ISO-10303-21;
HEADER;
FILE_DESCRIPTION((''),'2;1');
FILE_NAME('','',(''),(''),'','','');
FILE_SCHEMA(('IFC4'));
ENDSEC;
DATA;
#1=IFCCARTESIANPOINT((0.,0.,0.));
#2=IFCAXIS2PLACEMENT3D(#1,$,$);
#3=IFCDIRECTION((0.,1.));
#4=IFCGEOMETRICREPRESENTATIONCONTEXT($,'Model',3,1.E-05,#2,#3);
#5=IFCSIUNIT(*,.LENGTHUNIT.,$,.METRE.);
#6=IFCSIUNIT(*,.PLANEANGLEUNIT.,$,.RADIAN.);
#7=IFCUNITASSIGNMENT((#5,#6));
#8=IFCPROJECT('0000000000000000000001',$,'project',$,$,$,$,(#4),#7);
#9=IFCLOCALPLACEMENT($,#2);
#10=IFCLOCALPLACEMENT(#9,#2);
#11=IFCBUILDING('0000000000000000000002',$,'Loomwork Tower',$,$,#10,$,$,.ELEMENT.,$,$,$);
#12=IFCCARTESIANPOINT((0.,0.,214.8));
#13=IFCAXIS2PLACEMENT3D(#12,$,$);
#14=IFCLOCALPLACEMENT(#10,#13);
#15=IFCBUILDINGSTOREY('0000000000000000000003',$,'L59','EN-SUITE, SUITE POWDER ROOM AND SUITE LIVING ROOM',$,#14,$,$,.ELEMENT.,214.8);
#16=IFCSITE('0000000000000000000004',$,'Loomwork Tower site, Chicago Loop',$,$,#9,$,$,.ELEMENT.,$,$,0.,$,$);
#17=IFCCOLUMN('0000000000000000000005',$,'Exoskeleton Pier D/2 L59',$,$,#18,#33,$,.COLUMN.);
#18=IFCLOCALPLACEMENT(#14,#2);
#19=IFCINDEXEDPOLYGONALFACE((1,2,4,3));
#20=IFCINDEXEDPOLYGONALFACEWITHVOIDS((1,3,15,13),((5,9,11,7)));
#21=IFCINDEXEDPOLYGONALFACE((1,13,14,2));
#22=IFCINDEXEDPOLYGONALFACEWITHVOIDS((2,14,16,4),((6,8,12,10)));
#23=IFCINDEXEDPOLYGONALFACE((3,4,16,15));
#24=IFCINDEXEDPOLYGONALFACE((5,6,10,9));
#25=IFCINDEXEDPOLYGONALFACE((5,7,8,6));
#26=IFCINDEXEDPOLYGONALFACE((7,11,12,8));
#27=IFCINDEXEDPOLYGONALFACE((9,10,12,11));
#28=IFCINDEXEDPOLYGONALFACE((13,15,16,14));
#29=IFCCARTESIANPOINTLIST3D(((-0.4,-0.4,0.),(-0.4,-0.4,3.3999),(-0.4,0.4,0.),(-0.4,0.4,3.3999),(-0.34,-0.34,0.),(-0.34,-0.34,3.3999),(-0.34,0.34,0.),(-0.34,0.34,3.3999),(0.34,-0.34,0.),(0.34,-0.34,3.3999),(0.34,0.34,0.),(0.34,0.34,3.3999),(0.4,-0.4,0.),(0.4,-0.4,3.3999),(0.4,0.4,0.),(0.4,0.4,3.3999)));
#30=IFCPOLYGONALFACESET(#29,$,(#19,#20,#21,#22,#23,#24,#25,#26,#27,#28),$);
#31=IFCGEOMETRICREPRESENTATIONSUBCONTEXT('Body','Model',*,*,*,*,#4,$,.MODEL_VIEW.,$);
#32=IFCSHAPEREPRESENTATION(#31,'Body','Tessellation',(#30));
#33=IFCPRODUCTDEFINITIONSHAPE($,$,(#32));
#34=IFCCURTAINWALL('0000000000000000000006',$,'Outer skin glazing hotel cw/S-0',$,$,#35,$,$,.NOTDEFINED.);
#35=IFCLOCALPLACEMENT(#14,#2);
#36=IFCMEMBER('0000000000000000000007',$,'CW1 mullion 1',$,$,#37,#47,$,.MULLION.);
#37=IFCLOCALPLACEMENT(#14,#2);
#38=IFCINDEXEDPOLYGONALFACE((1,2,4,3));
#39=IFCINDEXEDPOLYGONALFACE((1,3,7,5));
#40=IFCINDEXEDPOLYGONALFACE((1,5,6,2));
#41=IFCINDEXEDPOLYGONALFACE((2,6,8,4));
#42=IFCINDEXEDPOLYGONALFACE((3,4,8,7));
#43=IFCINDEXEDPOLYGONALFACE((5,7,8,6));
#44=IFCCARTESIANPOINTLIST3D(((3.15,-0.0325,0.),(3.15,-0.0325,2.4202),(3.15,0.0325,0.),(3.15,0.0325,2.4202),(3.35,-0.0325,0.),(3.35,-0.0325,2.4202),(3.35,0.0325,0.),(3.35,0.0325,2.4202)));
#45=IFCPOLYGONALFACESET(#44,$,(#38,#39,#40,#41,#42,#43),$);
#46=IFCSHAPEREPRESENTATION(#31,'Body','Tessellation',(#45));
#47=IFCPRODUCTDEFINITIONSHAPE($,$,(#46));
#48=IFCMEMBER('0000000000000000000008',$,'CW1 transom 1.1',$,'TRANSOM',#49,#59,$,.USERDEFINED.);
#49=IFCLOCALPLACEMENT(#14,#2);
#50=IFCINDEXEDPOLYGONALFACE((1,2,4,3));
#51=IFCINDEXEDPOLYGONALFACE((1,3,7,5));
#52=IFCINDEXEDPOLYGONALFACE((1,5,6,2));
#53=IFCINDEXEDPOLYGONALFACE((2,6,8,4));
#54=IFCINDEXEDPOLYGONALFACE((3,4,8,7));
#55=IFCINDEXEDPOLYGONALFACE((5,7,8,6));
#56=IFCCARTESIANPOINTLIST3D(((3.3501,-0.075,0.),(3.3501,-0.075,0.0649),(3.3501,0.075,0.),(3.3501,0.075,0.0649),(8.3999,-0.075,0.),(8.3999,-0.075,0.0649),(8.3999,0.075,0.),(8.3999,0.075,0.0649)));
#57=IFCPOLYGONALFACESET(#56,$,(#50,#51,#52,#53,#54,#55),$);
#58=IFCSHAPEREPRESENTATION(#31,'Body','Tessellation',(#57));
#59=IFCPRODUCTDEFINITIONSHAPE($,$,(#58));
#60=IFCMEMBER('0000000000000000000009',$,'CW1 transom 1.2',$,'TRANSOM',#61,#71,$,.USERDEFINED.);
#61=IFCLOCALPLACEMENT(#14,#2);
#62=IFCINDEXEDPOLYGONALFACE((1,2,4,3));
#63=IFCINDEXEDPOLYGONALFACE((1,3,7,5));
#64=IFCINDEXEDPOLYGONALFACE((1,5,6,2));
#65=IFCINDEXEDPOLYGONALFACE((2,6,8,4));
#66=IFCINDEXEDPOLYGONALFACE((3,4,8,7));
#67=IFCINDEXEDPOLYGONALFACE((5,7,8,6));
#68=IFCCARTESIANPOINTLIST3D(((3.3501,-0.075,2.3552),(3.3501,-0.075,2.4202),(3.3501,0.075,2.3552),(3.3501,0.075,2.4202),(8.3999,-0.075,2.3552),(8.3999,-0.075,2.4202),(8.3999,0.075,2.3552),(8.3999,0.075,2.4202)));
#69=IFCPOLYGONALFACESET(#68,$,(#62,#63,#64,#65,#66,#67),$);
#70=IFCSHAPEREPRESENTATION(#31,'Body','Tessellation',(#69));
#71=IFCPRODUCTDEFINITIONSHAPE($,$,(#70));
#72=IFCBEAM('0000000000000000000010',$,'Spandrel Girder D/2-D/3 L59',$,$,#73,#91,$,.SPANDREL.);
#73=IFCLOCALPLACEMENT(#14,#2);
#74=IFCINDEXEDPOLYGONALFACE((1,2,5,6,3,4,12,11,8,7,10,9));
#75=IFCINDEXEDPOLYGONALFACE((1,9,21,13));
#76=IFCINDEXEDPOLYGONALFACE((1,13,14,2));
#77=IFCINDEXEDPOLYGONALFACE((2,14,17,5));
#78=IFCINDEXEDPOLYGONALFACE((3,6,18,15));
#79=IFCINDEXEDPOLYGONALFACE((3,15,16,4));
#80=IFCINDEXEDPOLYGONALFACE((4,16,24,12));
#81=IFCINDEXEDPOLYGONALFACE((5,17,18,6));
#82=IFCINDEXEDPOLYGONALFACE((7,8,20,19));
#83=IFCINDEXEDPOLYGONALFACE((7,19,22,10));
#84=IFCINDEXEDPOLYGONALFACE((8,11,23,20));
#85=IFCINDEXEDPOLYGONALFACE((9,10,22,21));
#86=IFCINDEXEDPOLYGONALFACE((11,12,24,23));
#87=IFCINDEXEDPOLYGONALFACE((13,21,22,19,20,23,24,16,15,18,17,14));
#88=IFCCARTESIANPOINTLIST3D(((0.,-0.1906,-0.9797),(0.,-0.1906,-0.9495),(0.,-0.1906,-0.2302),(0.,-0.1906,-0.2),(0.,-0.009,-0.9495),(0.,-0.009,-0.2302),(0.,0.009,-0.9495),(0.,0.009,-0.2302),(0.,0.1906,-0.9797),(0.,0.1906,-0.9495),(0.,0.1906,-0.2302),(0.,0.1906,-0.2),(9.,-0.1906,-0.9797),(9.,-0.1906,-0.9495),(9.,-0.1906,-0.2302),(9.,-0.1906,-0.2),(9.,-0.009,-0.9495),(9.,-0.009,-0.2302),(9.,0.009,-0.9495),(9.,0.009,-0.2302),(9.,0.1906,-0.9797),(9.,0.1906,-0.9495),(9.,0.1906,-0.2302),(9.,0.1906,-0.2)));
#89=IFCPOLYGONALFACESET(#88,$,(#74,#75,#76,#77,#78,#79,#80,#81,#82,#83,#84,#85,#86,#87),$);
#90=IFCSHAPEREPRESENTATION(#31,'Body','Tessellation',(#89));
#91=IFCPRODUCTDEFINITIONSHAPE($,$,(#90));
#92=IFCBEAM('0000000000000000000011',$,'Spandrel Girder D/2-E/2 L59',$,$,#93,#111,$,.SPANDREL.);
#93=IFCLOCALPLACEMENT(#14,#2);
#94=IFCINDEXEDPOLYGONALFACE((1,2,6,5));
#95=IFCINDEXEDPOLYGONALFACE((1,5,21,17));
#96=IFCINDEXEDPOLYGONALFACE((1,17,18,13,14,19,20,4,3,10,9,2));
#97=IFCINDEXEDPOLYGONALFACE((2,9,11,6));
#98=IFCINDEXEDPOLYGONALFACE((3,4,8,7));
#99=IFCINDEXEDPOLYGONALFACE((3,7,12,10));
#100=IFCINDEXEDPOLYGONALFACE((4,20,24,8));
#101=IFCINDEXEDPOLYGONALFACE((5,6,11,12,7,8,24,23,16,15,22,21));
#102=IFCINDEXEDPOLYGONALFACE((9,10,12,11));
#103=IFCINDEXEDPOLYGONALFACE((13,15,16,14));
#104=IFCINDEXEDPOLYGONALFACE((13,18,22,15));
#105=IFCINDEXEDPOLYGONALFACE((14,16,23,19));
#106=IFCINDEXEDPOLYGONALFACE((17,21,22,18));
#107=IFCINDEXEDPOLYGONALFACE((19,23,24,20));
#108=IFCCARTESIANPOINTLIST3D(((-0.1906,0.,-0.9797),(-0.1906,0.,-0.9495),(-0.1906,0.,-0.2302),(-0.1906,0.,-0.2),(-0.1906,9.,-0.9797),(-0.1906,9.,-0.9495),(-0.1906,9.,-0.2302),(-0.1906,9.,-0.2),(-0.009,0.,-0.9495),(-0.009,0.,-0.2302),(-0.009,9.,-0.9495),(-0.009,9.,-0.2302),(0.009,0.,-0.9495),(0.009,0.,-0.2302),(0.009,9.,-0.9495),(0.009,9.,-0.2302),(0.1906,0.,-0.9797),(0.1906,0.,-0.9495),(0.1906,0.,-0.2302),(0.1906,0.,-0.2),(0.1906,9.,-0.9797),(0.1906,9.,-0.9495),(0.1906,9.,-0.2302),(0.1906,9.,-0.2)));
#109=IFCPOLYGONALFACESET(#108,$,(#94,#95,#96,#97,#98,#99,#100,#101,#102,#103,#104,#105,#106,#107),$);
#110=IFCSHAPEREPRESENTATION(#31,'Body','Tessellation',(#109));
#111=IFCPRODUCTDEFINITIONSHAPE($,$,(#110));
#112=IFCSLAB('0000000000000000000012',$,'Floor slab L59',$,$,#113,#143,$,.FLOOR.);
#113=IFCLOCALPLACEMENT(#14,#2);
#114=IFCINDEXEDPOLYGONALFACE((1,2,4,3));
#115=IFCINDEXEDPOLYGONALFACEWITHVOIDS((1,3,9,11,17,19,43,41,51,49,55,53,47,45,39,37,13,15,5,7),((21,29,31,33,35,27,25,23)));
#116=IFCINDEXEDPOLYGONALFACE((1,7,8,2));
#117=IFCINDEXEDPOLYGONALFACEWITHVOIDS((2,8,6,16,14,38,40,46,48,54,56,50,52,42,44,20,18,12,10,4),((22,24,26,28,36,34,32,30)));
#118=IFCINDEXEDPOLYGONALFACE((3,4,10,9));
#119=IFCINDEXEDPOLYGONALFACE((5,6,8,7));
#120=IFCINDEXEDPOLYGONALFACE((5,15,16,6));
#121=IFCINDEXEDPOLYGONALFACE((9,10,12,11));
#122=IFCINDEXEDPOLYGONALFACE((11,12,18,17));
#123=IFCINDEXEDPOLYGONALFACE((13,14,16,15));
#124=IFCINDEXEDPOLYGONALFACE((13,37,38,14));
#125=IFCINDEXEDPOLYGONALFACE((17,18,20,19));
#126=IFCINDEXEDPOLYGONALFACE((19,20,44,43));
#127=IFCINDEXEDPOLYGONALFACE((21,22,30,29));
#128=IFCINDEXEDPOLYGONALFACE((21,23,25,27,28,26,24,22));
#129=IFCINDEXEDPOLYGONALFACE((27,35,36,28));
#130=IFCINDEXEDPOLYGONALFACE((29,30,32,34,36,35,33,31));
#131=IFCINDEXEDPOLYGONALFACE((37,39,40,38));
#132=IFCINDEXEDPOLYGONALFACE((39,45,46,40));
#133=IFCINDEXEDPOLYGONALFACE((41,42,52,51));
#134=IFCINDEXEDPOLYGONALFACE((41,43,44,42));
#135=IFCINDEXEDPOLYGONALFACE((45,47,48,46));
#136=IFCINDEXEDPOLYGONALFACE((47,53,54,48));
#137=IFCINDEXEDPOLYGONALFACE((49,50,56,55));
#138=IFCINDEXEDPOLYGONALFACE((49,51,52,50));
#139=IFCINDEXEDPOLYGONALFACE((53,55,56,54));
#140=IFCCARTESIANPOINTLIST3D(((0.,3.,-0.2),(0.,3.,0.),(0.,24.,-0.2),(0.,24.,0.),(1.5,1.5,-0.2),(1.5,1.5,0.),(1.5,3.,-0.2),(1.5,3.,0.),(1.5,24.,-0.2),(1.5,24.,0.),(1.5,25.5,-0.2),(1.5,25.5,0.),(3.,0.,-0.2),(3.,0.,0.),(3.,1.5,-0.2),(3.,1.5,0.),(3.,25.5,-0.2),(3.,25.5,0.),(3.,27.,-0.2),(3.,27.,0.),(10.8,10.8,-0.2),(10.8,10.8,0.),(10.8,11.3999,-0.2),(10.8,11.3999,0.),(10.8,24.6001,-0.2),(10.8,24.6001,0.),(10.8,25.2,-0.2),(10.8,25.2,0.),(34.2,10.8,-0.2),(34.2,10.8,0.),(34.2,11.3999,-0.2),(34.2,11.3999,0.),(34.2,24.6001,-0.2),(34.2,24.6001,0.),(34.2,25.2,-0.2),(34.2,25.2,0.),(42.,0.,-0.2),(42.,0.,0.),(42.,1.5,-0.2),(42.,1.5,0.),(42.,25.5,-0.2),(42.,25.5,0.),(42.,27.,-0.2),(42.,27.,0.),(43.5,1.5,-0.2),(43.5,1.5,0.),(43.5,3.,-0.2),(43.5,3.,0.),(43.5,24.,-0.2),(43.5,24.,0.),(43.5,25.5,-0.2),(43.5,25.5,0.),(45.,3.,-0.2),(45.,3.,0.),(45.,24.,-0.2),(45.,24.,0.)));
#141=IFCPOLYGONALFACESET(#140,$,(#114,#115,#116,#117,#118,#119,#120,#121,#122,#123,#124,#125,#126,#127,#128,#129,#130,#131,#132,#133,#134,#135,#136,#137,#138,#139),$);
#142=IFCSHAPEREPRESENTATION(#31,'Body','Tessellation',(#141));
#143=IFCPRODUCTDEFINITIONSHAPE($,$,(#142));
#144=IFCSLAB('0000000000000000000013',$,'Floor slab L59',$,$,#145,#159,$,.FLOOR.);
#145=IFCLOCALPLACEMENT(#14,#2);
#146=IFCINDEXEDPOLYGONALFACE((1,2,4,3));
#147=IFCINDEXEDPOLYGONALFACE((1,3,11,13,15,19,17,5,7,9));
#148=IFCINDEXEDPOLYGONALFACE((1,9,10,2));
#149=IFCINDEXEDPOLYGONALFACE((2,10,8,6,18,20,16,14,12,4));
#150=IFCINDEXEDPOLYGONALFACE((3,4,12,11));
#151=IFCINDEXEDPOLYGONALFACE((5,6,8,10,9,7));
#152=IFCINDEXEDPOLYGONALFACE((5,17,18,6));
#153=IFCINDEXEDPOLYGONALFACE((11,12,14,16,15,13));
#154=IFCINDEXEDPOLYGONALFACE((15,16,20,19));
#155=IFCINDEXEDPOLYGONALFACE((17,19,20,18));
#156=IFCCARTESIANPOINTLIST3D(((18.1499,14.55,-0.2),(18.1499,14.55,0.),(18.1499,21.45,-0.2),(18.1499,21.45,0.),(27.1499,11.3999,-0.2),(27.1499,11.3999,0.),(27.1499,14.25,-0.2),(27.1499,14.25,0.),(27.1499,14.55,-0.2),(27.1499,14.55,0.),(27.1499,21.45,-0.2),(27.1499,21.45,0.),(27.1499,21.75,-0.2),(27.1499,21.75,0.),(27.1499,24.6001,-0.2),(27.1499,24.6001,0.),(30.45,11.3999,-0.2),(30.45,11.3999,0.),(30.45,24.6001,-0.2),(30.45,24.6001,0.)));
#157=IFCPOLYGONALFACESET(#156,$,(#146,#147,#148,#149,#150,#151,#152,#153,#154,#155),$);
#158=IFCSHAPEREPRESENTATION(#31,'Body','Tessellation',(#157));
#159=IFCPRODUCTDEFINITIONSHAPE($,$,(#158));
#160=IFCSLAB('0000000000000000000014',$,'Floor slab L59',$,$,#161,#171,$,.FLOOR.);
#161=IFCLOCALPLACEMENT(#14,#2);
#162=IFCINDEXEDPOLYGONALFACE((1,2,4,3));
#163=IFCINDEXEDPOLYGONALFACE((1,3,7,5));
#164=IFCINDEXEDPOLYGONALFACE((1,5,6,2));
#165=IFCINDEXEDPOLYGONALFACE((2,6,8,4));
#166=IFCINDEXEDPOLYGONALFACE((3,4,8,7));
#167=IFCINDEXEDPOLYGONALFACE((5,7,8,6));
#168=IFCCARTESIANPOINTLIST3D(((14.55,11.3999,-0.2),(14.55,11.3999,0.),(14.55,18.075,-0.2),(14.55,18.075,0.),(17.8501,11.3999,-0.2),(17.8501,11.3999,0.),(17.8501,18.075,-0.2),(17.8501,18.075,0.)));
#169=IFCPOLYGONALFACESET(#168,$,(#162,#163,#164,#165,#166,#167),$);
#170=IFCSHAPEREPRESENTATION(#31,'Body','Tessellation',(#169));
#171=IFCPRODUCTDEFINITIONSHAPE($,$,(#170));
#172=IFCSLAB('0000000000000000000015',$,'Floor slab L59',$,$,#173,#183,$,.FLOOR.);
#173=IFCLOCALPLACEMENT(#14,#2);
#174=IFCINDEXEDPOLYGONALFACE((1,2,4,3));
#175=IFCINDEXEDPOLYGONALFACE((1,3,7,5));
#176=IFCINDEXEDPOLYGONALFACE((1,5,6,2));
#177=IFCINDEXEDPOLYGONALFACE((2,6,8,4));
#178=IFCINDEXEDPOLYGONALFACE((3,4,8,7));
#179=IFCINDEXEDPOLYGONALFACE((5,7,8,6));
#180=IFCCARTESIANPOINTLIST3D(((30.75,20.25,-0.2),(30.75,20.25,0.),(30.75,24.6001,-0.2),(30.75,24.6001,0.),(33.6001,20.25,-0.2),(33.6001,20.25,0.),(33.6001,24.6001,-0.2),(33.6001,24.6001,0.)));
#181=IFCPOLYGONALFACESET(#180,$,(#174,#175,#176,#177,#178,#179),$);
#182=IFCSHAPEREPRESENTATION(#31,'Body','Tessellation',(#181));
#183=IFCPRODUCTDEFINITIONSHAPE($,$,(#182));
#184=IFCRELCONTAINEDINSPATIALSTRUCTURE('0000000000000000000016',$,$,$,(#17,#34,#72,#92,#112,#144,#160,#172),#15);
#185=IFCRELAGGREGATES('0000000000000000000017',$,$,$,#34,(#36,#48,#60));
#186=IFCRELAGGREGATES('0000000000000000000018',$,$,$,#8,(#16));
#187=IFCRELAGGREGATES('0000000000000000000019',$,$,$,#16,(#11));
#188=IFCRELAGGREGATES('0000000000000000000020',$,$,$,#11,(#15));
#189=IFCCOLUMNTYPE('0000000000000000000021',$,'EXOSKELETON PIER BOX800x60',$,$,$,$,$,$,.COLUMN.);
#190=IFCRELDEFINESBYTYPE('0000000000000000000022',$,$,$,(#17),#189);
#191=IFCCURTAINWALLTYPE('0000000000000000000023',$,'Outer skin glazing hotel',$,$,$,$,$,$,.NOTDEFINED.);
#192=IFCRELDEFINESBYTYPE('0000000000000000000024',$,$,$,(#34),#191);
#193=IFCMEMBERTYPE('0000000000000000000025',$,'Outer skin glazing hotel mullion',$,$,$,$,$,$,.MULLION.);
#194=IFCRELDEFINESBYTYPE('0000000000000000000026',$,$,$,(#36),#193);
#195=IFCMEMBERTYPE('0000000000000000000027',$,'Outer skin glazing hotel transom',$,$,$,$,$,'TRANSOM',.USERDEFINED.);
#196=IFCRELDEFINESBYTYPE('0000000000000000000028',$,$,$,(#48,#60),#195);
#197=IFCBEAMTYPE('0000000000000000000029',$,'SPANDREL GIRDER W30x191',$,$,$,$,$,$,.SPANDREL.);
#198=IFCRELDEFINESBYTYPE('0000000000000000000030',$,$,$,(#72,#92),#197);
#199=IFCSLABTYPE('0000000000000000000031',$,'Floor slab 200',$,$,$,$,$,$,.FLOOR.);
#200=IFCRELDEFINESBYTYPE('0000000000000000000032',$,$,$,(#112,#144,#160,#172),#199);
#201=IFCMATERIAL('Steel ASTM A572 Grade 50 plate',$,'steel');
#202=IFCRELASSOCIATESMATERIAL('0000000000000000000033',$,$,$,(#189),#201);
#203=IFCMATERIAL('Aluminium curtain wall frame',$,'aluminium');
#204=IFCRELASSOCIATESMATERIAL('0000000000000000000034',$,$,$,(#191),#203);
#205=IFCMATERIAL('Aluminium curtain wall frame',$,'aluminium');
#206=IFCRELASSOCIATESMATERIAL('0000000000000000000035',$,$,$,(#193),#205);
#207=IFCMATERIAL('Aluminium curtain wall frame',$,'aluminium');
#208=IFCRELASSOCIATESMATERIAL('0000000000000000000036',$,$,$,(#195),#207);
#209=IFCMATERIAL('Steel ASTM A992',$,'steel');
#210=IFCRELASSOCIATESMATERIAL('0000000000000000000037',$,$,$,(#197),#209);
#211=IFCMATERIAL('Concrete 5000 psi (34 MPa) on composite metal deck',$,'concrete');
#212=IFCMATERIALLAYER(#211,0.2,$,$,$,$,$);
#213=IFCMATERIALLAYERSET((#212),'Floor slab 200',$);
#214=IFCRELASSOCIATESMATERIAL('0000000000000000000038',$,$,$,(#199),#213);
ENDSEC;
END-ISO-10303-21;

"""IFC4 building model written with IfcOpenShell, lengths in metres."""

from ifc_helpers import new_model, si_unit, direction, frame, origin, origin_with_axes, origin_2d, place, context, subcontext, project, spatial, polyline, rectangle, hollow_rectangle, i_section, outline, extrude, material, layer, layer_set, material_profile, profile_set, type_object, element, aggregate, save


model = new_model("IFC4")

# Units and contexts
model_context = context("Model", 3, precision=1e-05, world=origin(), true_north=direction((0.0, 1.0)))
body_context = subcontext(model_context, "Body", "Model", "MODEL_VIEW")
ifc_project = project(units=[si_unit("LENGTHUNIT", "METRE"), si_unit("PLANEANGLEUNIT", "RADIAN")], contexts=[model_context])

# Site, building, storey
site_placement = place(None, origin())
site = spatial("IfcSite", under=ifc_project, at=site_placement, Name="Loomwork Tower site, Chicago Loop", CompositionType="ELEMENT", RefElevation=0.0)
building_placement = place(site_placement, origin())
building = spatial("IfcBuilding", under=site, at=building_placement, Name="Loomwork Tower", CompositionType="ELEMENT")
storey_placement = place(building_placement, frame((0.0, 0.0, 214.8)))
storey = spatial("IfcBuildingStorey", under=building, at=storey_placement, Name="L59", Description="EN-SUITE, SUITE POWDER ROOM AND SUITE LIVING ROOM", CompositionType="ELEMENT", Elevation=214.8)

# Column
ifc_material_1 = material(Name="Steel ASTM A572 Grade 50 plate", Category="steel")
ifc_material_profile_1 = material_profile(ifc_material_1, hollow_rectangle(XDim=0.8, YDim=0.8, WallThickness=0.0601, at=origin_2d()), Name="BOX800x60")
ifc_profile_set_1 = profile_set([ifc_material_profile_1], Name="Steel ASTM A572 Grade 50 plate")
column_type = type_object("IfcColumnType", Name="EXOSKELETON PIER BOX800x60", PredefinedType="COLUMN", material=ifc_profile_set_1)
column_placement = place(storey_placement, origin_with_axes())
element("IfcColumn", 1, at=column_placement, inside=storey, type_object=column_type, Name="Exoskeleton Pier D/2 L59", PredefinedType="COLUMN", context=body_context, shape_type="SweptSolid", body=[
    extrude(hollow_rectangle(XDim=0.8, YDim=0.8, WallThickness=0.0601, at=origin_2d()), origin(), (0.0, 0.0, 1.0), 3.3999),
])

# Curtain wall, members
ifc_material_2 = material(Name="Aluminium curtain wall frame", Category="aluminium")
curtain_wall_type = type_object("IfcCurtainWallType", Name="Outer skin glazing hotel", PredefinedType="NOTDEFINED", material=ifc_material_2)
curtain_wall_placement = place(storey_placement, origin())
curtain_wall = element("IfcCurtainWall", 2, at=curtain_wall_placement, inside=storey, type_object=curtain_wall_type, Name="Outer skin glazing hotel cw/S-0", PredefinedType="NOTDEFINED")
ifc_material_3 = material(Name="Aluminium curtain wall frame", Category="aluminium")
ifc_material_profile_2 = material_profile(ifc_material_3, rectangle(XDim=0.0649, YDim=0.2, at=origin_2d()), Name="AL 65x200")
ifc_profile_set_2 = profile_set([ifc_material_profile_2], Name="Aluminium curtain wall frame")
member_type_1 = type_object("IfcMemberType", Name="Outer skin glazing hotel mullion", PredefinedType="MULLION", material=ifc_profile_set_2)
member_1_placement = place(storey_placement, frame((3.25, 0.0, 0.0), z_axis=(0.0, 0.0, 1.0), x_axis=(0.0, 1.0, 0.0)))
member_1 = element("IfcMember", 3, at=member_1_placement, type_object=member_type_1, Name="CW1 mullion 1", PredefinedType="MULLION", context=body_context, shape_type="SweptSolid", body=[
    extrude(rectangle(XDim=0.0649, YDim=0.2, at=origin_2d()), origin(), (0.0, 0.0, 1.0), 2.4202),
])
ifc_material_4 = material(Name="Aluminium curtain wall frame", Category="aluminium")
ifc_material_profile_3 = material_profile(ifc_material_4, rectangle(XDim=0.1499, YDim=0.0649, at=origin_2d()), Name="AL 65x150")
ifc_profile_set_3 = profile_set([ifc_material_profile_3], Name="Aluminium curtain wall frame")
member_type_2 = type_object("IfcMemberType", Name="Outer skin glazing hotel transom", ElementType="TRANSOM", PredefinedType="USERDEFINED", material=ifc_profile_set_3)
member_2_placement = place(storey_placement, frame((3.3501, 0.0, 0.0325), z_axis=(1.0, 0.0, 0.0), x_axis=(0.0, 1.0, 0.0)))
member_2 = element("IfcMember", 4, at=member_2_placement, type_object=member_type_2, Name="CW1 transom 1.1", ObjectType="TRANSOM", PredefinedType="USERDEFINED", context=body_context, shape_type="SweptSolid", body=[
    extrude(rectangle(XDim=0.1499, YDim=0.0649, at=origin_2d()), origin(), (0.0, 0.0, 1.0), 5.0498),
])
member_3_placement = place(storey_placement, frame((3.3501, 0.0, 2.3877), z_axis=(1.0, 0.0, 0.0), x_axis=(0.0, 1.0, 0.0)))
member_3 = element("IfcMember", 5, at=member_3_placement, type_object=member_type_2, Name="CW1 transom 1.2", ObjectType="TRANSOM", PredefinedType="USERDEFINED", context=body_context, shape_type="SweptSolid", body=[
    extrude(rectangle(XDim=0.1499, YDim=0.0649, at=origin_2d()), origin(), (0.0, 0.0, 1.0), 5.0498),
])
aggregate(curtain_wall, [member_1, member_2, member_3])

# Beams
ifc_material_5 = material(Name="Steel ASTM A992", Category="steel")
ifc_material_profile_4 = material_profile(ifc_material_5, i_section(OverallWidth=0.3811, OverallDepth=0.7798, WebThickness=0.0181, FlangeThickness=0.0303, at=origin_2d()), Name="W30x191")
ifc_profile_set_4 = profile_set([ifc_material_profile_4], Name="Steel ASTM A992")
beam_type = type_object("IfcBeamType", Name="SPANDREL GIRDER W30x191", PredefinedType="SPANDREL", material=ifc_profile_set_4)
for number, where, z_axis, x_axis, name in (
    (6, (0.0, 0.0, -0.5898), (1.0, 0.0, 0.0), (0.0, 1.0, 0.0), "Spandrel Girder D/2-D/3 L59"),
    (7, (0.0, 0.0, -0.5898), (0.0, 1.0, 0.0), (-1.0, 0.0, 0.0), "Spandrel Girder D/2-E/2 L59"),
):
    element("IfcBeam", number, at=place(storey_placement, frame(where, z_axis=z_axis, x_axis=x_axis)), inside=storey, type_object=beam_type, Name=name, PredefinedType="SPANDREL", context=body_context, shape_type="SweptSolid", body=[
        extrude(i_section(OverallWidth=0.3811, OverallDepth=0.7798, WebThickness=0.0181, FlangeThickness=0.0303, at=origin_2d()), origin(), (0.0, 0.0, 1.0), 9.0),
    ])

# Slabs
ifc_material_6 = material(Name="Concrete 5000 psi (34 MPa) on composite metal deck", Category="concrete")
ifc_layer_1 = layer(ifc_material_6, 0.2)
ifc_layer_set_1 = layer_set([ifc_layer_1], Name="Floor slab 200")
slab_type_1 = type_object("IfcSlabType", Name="Floor slab 200", PredefinedType="FLOOR", material=ifc_layer_set_1)
slab_1_placement = place(storey_placement, frame((0.0, 0.0, -0.2)))
element("IfcSlab", 8, at=slab_1_placement, inside=storey, type_object=slab_type_1, Name="Floor slab L59", PredefinedType="FLOOR", context=body_context, shape_type="SweptSolid", body=[
    extrude(outline(polyline([(3.0, 1.5), (1.5, 1.5), (1.5, 3.0), (0.0, 3.0), (0.0, 24.0), (1.5, 24.0), (1.5, 25.5), (3.0, 25.5), (3.0, 27.0), (42.0, 27.0), (42.0, 25.5), (43.5, 25.5), (43.5, 24.0), (45.0, 24.0), (45.0, 3.0), (43.5, 3.0), (43.5, 1.5), (42.0, 1.5), (42.0, 0.0), (3.0, 0.0), (3.0, 1.5)]), holes=[polyline([(10.8, 11.3999), (10.8, 11.3999), (10.8, 10.8), (34.2, 10.8), (34.2, 11.3999), (34.2, 11.3999), (34.2, 24.6001), (34.2, 25.2), (10.8, 25.2), (10.8, 24.6001), (10.8, 11.3999)])]), origin(), (0.0, 0.0, 1.0), 0.2),
])
slab_2_placement = place(storey_placement, frame((0.0, 0.0, -0.2)))
element("IfcSlab", 9, at=slab_2_placement, inside=storey, type_object=slab_type_1, Name="Floor slab L59", PredefinedType="FLOOR", context=body_context, shape_type="SweptSolid", body=[
    extrude(outline(polyline([(30.45, 24.6001), (30.45, 11.3999), (27.1499, 11.3999), (27.1499, 14.25), (27.1499, 14.55), (18.1499, 14.55), (18.1499, 21.45), (27.1499, 21.45), (27.1499, 21.75), (27.1499, 24.6001), (30.45, 24.6001)])), origin(), (0.0, 0.0, 1.0), 0.2),
])
slab_3_placement = place(storey_placement, frame((0.0, 0.0, -0.2)))
element("IfcSlab", 10, at=slab_3_placement, inside=storey, type_object=slab_type_1, Name="Floor slab L59", PredefinedType="FLOOR", context=body_context, shape_type="SweptSolid", body=[
    extrude(outline(polyline([(14.55, 11.3999), (14.55, 18.075), (17.8501, 18.075), (17.8501, 11.3999), (14.55, 11.3999)])), origin(), (0.0, 0.0, 1.0), 0.2),
])
slab_4_placement = place(storey_placement, frame((0.0, 0.0, -0.2)))
element("IfcSlab", 11, at=slab_4_placement, inside=storey, type_object=slab_type_1, Name="Floor slab L59", PredefinedType="FLOOR", context=body_context, shape_type="SweptSolid", body=[
    extrude(outline(polyline([(33.6001, 20.25), (30.75, 20.25), (30.75, 24.6001), (33.6001, 24.6001), (33.6001, 20.25)])), origin(), (0.0, 0.0, 1.0), 0.2),
])

save(model, "model.ifc")
